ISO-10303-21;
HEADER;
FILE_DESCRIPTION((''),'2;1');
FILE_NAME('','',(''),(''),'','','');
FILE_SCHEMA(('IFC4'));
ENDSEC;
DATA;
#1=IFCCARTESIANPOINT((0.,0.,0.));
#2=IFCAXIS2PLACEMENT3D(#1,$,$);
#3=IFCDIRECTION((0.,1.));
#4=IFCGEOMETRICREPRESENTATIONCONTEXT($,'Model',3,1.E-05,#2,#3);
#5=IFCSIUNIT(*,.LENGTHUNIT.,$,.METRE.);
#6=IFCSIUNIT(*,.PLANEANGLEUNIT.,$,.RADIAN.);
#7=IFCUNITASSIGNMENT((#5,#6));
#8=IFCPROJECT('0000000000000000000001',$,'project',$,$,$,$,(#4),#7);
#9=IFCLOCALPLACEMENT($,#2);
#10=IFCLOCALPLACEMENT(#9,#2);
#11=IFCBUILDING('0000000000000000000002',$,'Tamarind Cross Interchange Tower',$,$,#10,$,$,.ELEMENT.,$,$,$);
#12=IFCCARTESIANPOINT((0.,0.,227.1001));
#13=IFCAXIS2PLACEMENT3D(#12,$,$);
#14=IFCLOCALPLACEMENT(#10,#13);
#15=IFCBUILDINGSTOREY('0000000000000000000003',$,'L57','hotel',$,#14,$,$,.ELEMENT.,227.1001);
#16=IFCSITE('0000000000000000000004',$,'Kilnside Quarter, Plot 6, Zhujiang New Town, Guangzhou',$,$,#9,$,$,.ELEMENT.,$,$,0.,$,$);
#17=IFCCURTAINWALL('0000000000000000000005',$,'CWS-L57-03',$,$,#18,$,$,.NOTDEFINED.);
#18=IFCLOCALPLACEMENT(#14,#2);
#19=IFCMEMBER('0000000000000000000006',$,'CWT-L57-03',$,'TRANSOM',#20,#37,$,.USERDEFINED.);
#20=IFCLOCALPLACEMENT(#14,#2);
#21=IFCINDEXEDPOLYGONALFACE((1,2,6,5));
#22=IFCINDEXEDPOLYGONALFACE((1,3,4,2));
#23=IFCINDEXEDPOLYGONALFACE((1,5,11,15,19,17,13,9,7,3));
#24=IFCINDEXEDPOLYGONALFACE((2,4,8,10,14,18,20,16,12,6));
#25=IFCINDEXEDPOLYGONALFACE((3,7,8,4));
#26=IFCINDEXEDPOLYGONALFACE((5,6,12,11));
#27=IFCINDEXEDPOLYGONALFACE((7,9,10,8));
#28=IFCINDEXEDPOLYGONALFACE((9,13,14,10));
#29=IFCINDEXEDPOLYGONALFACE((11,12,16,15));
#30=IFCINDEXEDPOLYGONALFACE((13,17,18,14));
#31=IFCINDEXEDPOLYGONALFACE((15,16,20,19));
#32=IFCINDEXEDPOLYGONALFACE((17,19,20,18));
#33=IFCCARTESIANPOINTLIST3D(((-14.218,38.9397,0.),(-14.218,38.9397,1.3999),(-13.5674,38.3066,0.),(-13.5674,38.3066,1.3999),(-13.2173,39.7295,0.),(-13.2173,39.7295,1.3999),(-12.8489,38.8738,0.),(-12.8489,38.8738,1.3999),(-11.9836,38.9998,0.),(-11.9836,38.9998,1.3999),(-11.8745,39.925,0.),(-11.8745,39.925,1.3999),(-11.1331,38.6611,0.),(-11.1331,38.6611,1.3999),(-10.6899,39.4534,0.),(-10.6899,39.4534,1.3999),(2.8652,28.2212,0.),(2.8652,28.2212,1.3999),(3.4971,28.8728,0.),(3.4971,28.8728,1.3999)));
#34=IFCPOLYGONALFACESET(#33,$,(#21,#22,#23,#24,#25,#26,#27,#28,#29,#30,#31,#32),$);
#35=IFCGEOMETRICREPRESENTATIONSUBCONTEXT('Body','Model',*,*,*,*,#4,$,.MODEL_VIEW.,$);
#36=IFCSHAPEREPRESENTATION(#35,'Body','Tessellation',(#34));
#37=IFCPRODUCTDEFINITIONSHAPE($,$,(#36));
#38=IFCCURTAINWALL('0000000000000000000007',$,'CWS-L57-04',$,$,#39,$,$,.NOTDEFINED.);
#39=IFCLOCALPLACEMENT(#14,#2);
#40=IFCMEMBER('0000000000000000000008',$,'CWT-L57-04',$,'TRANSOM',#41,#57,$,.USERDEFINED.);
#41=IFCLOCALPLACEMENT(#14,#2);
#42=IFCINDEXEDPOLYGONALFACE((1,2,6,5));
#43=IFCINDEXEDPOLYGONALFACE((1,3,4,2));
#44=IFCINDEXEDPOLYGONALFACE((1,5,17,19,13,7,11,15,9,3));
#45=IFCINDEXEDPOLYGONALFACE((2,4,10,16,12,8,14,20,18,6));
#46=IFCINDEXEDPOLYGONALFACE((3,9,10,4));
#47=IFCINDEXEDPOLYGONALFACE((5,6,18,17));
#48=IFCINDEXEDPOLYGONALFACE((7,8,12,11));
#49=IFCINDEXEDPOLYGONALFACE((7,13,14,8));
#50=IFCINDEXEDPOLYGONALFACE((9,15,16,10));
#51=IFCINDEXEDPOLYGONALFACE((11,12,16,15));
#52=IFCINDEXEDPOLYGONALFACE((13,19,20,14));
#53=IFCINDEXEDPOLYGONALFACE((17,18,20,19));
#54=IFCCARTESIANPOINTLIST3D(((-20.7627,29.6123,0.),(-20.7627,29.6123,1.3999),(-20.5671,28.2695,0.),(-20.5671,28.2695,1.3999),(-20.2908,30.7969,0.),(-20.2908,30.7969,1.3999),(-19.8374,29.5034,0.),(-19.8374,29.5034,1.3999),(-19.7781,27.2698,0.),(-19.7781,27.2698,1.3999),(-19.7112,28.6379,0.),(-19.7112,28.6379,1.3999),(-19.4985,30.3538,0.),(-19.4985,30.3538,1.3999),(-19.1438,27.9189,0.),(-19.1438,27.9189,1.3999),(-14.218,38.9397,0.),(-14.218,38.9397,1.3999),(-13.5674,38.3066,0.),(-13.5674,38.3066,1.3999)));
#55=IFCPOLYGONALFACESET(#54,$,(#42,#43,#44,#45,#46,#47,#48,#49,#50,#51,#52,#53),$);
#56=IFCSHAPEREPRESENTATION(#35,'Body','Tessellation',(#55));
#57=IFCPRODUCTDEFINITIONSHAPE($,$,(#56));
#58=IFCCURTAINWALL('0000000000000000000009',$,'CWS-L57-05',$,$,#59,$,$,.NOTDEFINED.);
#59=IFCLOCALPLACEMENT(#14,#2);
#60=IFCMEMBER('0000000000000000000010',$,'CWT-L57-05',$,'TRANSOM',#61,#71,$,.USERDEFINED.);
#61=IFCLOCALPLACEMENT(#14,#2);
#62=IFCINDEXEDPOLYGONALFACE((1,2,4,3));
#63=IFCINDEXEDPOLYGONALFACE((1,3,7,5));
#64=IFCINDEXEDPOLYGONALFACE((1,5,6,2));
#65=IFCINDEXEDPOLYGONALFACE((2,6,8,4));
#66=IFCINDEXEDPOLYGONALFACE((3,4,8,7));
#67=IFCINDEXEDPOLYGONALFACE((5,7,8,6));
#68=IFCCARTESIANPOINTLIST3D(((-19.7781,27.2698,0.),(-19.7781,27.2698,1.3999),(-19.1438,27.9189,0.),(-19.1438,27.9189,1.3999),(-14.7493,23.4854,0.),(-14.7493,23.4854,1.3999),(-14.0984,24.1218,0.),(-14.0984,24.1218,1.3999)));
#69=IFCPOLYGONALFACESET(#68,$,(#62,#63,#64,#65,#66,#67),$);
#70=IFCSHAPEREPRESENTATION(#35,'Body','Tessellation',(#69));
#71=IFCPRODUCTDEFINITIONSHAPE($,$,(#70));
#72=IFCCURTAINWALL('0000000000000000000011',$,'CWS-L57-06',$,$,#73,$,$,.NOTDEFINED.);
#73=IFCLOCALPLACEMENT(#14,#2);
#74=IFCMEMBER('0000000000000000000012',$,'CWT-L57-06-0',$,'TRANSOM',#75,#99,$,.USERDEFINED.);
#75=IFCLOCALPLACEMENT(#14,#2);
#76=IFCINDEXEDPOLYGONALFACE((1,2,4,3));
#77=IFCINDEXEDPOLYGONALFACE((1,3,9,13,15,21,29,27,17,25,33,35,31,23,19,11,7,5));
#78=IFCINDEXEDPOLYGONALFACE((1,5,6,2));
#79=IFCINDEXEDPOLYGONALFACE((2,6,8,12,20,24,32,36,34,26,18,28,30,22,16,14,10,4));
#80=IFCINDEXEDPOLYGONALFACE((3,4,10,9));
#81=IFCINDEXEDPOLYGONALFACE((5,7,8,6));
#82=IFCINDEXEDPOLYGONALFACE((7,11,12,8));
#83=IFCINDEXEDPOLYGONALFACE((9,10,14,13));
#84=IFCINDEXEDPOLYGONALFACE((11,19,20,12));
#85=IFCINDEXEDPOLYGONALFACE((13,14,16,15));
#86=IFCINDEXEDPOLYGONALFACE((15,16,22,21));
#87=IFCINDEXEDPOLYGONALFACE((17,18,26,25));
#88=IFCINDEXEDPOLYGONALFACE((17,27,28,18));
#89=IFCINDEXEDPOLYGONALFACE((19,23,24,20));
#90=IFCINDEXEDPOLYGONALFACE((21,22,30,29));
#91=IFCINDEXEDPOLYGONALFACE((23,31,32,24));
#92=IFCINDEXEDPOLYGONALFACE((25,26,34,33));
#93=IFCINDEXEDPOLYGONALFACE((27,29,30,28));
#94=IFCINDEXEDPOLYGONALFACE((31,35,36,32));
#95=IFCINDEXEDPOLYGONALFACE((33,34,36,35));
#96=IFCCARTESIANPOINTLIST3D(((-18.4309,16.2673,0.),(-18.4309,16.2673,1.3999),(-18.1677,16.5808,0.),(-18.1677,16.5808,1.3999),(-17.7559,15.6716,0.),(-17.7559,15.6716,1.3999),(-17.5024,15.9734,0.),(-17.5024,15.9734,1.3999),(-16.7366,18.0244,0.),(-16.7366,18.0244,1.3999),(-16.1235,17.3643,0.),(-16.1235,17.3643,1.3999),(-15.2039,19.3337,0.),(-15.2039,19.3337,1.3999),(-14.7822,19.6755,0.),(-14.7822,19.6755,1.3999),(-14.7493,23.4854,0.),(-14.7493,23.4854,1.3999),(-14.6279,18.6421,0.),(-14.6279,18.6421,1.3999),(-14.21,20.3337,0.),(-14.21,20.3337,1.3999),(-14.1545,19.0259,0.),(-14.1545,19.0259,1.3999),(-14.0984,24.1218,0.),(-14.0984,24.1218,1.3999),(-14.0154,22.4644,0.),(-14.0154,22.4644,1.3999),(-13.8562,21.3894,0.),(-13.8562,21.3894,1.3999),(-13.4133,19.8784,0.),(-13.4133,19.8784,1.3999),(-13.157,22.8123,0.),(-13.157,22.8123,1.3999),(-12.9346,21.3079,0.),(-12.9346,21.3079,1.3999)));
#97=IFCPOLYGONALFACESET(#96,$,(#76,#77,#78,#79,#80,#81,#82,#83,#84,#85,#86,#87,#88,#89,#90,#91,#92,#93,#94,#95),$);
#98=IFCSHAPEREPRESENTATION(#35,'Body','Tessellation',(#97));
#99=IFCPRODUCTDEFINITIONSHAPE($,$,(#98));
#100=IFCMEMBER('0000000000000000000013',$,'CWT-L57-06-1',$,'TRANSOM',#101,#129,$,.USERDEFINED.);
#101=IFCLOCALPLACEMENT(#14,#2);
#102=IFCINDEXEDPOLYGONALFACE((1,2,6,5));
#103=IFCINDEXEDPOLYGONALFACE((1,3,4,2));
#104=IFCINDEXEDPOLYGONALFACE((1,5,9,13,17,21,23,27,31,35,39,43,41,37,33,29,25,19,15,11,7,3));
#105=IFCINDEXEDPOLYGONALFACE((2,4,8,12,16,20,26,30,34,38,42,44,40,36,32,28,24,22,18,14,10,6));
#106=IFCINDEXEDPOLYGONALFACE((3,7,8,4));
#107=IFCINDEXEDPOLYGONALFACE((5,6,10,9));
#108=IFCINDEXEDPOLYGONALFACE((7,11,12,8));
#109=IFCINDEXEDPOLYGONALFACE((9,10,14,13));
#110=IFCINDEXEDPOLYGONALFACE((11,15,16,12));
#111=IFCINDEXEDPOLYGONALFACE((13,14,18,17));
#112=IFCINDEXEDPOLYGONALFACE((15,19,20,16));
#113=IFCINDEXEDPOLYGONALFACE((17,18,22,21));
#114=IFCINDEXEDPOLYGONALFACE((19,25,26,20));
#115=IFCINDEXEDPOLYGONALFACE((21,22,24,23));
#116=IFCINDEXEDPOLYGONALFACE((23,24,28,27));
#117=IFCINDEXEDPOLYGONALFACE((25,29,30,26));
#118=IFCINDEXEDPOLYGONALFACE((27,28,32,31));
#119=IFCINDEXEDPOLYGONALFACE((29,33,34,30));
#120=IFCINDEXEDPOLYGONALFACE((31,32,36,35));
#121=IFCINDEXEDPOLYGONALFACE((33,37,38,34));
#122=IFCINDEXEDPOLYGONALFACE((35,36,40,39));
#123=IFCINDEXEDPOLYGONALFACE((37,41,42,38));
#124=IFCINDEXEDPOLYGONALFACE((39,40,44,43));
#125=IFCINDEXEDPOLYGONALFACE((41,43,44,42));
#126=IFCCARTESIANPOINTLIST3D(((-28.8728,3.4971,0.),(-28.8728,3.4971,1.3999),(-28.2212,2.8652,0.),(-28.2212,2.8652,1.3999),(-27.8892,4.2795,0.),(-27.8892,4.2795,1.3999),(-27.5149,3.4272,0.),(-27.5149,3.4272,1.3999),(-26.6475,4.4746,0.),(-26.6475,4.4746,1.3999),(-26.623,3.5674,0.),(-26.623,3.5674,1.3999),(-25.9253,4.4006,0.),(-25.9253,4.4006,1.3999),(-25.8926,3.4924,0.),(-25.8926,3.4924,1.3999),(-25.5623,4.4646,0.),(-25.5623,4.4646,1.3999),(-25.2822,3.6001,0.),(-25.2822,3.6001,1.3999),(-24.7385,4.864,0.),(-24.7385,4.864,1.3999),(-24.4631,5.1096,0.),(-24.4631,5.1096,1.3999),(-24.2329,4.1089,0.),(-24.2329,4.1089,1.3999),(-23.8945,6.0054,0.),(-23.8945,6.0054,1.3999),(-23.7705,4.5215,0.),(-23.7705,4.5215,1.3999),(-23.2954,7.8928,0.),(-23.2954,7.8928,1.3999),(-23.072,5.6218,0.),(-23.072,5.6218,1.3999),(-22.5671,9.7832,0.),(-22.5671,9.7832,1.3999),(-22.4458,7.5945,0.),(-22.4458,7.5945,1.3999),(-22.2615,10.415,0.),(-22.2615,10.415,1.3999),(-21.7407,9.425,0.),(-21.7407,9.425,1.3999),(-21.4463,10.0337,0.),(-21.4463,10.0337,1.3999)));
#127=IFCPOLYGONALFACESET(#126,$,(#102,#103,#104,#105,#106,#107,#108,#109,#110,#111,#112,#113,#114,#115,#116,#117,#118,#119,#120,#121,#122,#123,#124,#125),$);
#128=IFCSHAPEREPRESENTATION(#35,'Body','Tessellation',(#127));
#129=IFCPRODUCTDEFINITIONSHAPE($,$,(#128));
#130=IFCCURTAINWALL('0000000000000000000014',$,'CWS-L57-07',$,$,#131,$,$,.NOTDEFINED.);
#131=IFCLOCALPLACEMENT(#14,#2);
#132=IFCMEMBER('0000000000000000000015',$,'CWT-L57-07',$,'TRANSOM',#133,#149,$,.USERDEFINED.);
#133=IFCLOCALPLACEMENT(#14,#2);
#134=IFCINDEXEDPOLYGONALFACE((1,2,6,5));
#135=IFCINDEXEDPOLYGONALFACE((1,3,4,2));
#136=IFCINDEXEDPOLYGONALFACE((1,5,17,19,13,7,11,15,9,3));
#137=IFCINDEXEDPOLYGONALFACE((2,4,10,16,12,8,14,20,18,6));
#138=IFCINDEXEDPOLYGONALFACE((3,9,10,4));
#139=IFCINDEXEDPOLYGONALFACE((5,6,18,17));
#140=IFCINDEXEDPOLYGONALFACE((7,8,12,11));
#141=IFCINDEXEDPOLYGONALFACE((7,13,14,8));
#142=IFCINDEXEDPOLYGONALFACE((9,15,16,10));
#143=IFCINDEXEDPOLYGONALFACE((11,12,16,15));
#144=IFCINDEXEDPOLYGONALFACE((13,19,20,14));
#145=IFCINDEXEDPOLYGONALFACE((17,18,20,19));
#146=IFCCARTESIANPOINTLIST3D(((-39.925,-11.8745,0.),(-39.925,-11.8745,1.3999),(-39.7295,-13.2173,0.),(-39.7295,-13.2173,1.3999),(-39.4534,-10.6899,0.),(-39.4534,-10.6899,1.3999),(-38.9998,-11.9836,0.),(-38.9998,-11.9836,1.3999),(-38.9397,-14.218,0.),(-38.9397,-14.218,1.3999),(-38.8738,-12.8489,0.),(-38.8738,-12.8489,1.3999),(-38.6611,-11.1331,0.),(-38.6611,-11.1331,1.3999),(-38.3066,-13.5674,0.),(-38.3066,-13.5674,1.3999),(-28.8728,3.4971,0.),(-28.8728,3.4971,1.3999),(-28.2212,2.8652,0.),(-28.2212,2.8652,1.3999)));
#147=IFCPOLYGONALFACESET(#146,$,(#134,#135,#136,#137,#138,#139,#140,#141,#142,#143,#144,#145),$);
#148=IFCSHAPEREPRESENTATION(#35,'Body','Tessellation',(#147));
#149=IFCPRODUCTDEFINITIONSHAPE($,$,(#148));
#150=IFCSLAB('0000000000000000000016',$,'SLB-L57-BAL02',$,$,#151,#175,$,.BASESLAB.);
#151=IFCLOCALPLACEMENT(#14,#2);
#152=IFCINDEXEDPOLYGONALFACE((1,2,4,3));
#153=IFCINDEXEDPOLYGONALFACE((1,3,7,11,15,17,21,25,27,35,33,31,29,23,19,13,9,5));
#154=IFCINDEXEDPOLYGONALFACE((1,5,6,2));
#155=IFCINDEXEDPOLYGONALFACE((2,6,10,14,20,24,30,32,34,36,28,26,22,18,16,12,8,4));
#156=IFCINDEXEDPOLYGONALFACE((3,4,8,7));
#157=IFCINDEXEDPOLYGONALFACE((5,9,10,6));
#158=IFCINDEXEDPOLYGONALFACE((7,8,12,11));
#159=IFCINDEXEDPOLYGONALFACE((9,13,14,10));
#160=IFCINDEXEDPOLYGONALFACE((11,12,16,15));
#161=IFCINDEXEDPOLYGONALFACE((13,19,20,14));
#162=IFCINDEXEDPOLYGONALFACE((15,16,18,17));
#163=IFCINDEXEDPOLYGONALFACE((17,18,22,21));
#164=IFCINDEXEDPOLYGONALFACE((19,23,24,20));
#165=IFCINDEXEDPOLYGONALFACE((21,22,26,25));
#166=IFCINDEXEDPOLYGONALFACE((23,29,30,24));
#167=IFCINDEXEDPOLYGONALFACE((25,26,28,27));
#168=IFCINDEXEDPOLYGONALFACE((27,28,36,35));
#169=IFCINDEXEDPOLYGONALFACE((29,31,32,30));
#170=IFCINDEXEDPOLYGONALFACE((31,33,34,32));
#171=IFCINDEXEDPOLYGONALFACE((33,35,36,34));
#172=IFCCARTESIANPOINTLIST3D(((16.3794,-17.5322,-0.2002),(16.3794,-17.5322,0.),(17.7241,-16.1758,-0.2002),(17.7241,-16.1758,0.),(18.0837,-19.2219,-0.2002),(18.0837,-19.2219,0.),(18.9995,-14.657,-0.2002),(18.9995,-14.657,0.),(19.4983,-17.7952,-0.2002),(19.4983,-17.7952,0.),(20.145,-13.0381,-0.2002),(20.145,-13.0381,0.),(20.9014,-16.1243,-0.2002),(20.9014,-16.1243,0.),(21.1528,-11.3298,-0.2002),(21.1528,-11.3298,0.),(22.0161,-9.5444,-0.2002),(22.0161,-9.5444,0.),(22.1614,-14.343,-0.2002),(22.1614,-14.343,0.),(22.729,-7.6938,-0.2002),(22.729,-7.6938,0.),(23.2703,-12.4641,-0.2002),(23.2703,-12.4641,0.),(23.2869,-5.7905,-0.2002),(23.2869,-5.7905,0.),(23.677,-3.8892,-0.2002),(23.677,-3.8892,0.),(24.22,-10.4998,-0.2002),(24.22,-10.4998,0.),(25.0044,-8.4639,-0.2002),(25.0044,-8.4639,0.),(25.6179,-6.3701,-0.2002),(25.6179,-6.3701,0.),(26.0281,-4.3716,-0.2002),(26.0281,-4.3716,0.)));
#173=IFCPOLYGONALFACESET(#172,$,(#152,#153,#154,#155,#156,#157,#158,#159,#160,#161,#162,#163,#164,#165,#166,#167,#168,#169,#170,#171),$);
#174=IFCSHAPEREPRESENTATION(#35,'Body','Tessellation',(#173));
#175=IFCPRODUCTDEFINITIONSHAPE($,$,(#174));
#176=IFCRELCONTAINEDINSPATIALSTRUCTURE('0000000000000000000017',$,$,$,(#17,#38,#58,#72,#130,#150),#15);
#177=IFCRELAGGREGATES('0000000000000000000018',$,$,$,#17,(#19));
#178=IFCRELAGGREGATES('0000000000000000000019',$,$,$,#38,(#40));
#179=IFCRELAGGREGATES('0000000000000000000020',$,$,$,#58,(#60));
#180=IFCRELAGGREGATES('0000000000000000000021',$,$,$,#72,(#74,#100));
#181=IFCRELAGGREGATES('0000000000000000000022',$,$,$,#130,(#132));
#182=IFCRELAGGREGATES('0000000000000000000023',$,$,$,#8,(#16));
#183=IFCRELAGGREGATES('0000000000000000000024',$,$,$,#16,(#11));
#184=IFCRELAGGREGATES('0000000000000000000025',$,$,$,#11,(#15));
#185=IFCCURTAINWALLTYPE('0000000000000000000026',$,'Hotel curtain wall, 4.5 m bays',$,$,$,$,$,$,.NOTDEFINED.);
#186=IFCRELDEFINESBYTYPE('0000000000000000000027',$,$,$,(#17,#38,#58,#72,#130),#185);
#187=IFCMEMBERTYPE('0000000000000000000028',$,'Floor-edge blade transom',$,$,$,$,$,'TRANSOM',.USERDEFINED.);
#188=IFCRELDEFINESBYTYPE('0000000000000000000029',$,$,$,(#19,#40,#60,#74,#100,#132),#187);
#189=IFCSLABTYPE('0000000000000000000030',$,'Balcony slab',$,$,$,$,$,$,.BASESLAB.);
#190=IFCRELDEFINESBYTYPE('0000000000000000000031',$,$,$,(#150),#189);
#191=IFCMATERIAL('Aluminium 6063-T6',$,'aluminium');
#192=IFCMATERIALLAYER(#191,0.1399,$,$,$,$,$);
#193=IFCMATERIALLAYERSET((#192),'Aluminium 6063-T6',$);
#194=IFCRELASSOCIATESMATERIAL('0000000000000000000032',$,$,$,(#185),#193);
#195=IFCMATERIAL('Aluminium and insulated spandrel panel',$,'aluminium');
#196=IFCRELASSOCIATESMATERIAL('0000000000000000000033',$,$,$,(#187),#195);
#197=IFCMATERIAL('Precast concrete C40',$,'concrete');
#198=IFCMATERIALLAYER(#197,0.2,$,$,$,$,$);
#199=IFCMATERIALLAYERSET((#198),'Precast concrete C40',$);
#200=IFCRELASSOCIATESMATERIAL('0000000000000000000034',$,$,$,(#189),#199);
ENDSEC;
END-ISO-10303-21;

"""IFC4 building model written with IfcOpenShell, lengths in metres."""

from ifc_helpers import new_model, si_unit, direction, frame, origin, place, context, subcontext, project, spatial, polyline, outline, extrude, material, layer, layer_set, type_object, element, aggregate, save


model = new_model("IFC4")

# Units and contexts
model_context = context("Model", 3, precision=1e-05, world=origin(), true_north=direction((0.0, 1.0)))
body_context = subcontext(model_context, "Body", "Model", "MODEL_VIEW")
ifc_project = project(units=[si_unit("LENGTHUNIT", "METRE"), si_unit("PLANEANGLEUNIT", "RADIAN")], contexts=[model_context])

# Site, building, storey
site_placement = place(None, origin())
site = spatial("IfcSite", under=ifc_project, at=site_placement, Name="Kilnside Quarter, Plot 6, Zhujiang New Town, Guangzhou", CompositionType="ELEMENT", RefElevation=0.0)
building_placement = place(site_placement, origin())
building = spatial("IfcBuilding", under=site, at=building_placement, Name="Tamarind Cross Interchange Tower", CompositionType="ELEMENT")
storey_placement = place(building_placement, frame((0.0, 0.0, 227.1001)))
storey = spatial("IfcBuildingStorey", under=building, at=storey_placement, Name="L57", Description="hotel", CompositionType="ELEMENT", Elevation=227.1001)

# Curtain walls, members
ifc_material_1 = material(Name="Aluminium 6063-T6", Category="aluminium")
ifc_layer_1 = layer(ifc_material_1, 0.1399)
ifc_layer_set_1 = layer_set([ifc_layer_1], Name="Aluminium 6063-T6")
curtain_wall_type = type_object("IfcCurtainWallType", Name="Hotel curtain wall, 4.5 m bays", PredefinedType="NOTDEFINED", material=ifc_layer_set_1)
curtain_wall_1_placement = place(storey_placement, origin())
curtain_wall_1 = element("IfcCurtainWall", 1, at=curtain_wall_1_placement, inside=storey, type_object=curtain_wall_type, Name="CWS-L57-03", PredefinedType="NOTDEFINED")
ifc_material_2 = material(Name="Aluminium and insulated spandrel panel", Category="aluminium")
member_type = type_object("IfcMemberType", Name="Floor-edge blade transom", ElementType="TRANSOM", PredefinedType="USERDEFINED", material=ifc_material_2)
member_1_placement = place(storey_placement, origin())
member_1 = element("IfcMember", 2, at=member_1_placement, type_object=member_type, Name="CWT-L57-03", ObjectType="TRANSOM", PredefinedType="USERDEFINED", context=body_context, shape_type="SweptSolid", body=[
    extrude(outline(polyline([(2.8652, 28.2212), (-11.1331, 38.6611), (-11.9836, 38.9998), (-12.8489, 38.8738), (-13.5674, 38.3066), (-14.218, 38.9397), (-13.2173, 39.7295), (-11.8745, 39.925), (-10.6899, 39.4534), (3.4971, 28.8728), (2.8652, 28.2212)])), origin(), (0.0, 0.0, 1.0), 1.3999),
])
aggregate(curtain_wall_1, [member_1])
curtain_wall_2_placement = place(storey_placement, origin())
curtain_wall_2 = element("IfcCurtainWall", 3, at=curtain_wall_2_placement, inside=storey, type_object=curtain_wall_type, Name="CWS-L57-04", PredefinedType="NOTDEFINED")
member_2_placement = place(storey_placement, origin())
member_2 = element("IfcMember", 4, at=member_2_placement, type_object=member_type, Name="CWT-L57-04", ObjectType="TRANSOM", PredefinedType="USERDEFINED", context=body_context, shape_type="SweptSolid", body=[
    extrude(outline(polyline([(-13.5674, 38.3066), (-19.4985, 30.3538), (-19.8374, 29.5034), (-19.7112, 28.6379), (-19.1438, 27.9189), (-19.7781, 27.2698), (-20.5671, 28.2695), (-20.7627, 29.6123), (-20.2908, 30.7969), (-14.218, 38.9397), (-13.5674, 38.3066)])), origin(), (0.0, 0.0, 1.0), 1.3999),
])
aggregate(curtain_wall_2, [member_2])
curtain_wall_3_placement = place(storey_placement, origin())
curtain_wall_3 = element("IfcCurtainWall", 5, at=curtain_wall_3_placement, inside=storey, type_object=curtain_wall_type, Name="CWS-L57-05", PredefinedType="NOTDEFINED")
member_3_placement = place(storey_placement, origin())
member_3 = element("IfcMember", 6, at=member_3_placement, type_object=member_type, Name="CWT-L57-05", ObjectType="TRANSOM", PredefinedType="USERDEFINED", context=body_context, shape_type="SweptSolid", body=[
    extrude(outline(polyline([(-19.1438, 27.9189), (-14.0984, 24.1218), (-14.7493, 23.4854), (-19.7781, 27.2698), (-19.1438, 27.9189)])), origin(), (0.0, 0.0, 1.0), 1.3999),
])
aggregate(curtain_wall_3, [member_3])

# Curtain wall, members
curtain_wall_4_placement = place(storey_placement, origin())
curtain_wall_4 = element("IfcCurtainWall", 7, at=curtain_wall_4_placement, inside=storey, type_object=curtain_wall_type, Name="CWS-L57-06", PredefinedType="NOTDEFINED")
member_4_placement = place(storey_placement, origin())
member_4 = element("IfcMember", 8, at=member_4_placement, type_object=member_type, Name="CWT-L57-06-0", ObjectType="TRANSOM", PredefinedType="USERDEFINED", context=body_context, shape_type="SweptSolid", body=[
    extrude(outline(polyline([(-14.0984, 24.1218), (-13.157, 22.8123), (-12.9346, 21.3079), (-13.4133, 19.8784), (-14.1545, 19.0259), (-14.6279, 18.6421), (-16.1235, 17.3643), (-17.5024, 15.9734), (-17.7559, 15.6716), (-18.4309, 16.2673), (-18.1677, 16.5808), (-16.7366, 18.0244), (-15.2039, 19.3337), (-14.7822, 19.6755), (-14.21, 20.3337), (-13.8562, 21.3894), (-14.0154, 22.4644), (-14.7493, 23.4854), (-14.0984, 24.1218)])), origin(), (0.0, 0.0, 1.0), 1.3999),
])
member_5_placement = place(storey_placement, origin())
member_5 = element("IfcMember", 9, at=member_5_placement, type_object=member_type, Name="CWT-L57-06-1", ObjectType="TRANSOM", PredefinedType="USERDEFINED", context=body_context, shape_type="SweptSolid", body=[
    extrude(outline(polyline([(-21.4463, 10.0337), (-21.7407, 9.425), (-22.4458, 7.5945), (-23.072, 5.6218), (-23.7705, 4.5215), (-24.2329, 4.1089), (-25.2822, 3.6001), (-25.8926, 3.4924), (-26.623, 3.5674), (-27.5149, 3.4272), (-28.2212, 2.8652), (-28.8728, 3.4971), (-27.8892, 4.2795), (-26.6475, 4.4746), (-25.9253, 4.4006), (-25.5623, 4.4646), (-24.7385, 4.864), (-24.4631, 5.1096), (-23.8945, 6.0054), (-23.2954, 7.8928), (-22.5671, 9.7832), (-22.2615, 10.415), (-21.4463, 10.0337)])), origin(), (0.0, 0.0, 1.0), 1.3999),
])
aggregate(curtain_wall_4, [member_4, member_5])

# Curtain wall, member
curtain_wall_5_placement = place(storey_placement, origin())
curtain_wall_5 = element("IfcCurtainWall", 10, at=curtain_wall_5_placement, inside=storey, type_object=curtain_wall_type, Name="CWS-L57-07", PredefinedType="NOTDEFINED")
member_6_placement = place(storey_placement, origin())
member_6 = element("IfcMember", 11, at=member_6_placement, type_object=member_type, Name="CWT-L57-07", ObjectType="TRANSOM", PredefinedType="USERDEFINED", context=body_context, shape_type="SweptSolid", body=[
    extrude(outline(polyline([(-28.2212, 2.8652), (-38.6611, -11.1331), (-38.9998, -11.9836), (-38.8738, -12.8489), (-38.3066, -13.5674), (-38.9397, -14.218), (-39.7295, -13.2173), (-39.925, -11.8745), (-39.4534, -10.6899), (-28.8728, 3.4971), (-28.2212, 2.8652)])), origin(), (0.0, 0.0, 1.0), 1.3999),
])
aggregate(curtain_wall_5, [member_6])

# Slab
ifc_material_3 = material(Name="Precast concrete C40", Category="concrete")
ifc_layer_2 = layer(ifc_material_3, 0.2)
ifc_layer_set_2 = layer_set([ifc_layer_2], Name="Precast concrete C40")
slab_type = type_object("IfcSlabType", Name="Balcony slab", PredefinedType="BASESLAB", material=ifc_layer_set_2)
slab_1_placement = place(storey_placement, frame((0.0, 0.0, -0.2002)))
element("IfcSlab", 12, at=slab_1_placement, inside=storey, type_object=slab_type, Name="SLB-L57-BAL02", PredefinedType="BASESLAB", context=body_context, shape_type="SweptSolid", body=[
    extrude(outline(polyline([(16.3794, -17.5322), (17.7241, -16.1758), (18.9995, -14.657), (20.145, -13.0381), (21.1528, -11.3298), (22.0161, -9.5444), (22.729, -7.6938), (23.2869, -5.7905), (23.677, -3.8892), (26.0281, -4.3716), (25.6179, -6.3701), (25.0044, -8.4639), (24.22, -10.4998), (23.2703, -12.4641), (22.1614, -14.343), (20.9014, -16.1243), (19.4983, -17.7952), (18.0837, -19.2219), (16.3794, -17.5322)])), origin(), (0.0, 0.0, 1.0), 0.2002),
])

save(model, "model.ifc")
